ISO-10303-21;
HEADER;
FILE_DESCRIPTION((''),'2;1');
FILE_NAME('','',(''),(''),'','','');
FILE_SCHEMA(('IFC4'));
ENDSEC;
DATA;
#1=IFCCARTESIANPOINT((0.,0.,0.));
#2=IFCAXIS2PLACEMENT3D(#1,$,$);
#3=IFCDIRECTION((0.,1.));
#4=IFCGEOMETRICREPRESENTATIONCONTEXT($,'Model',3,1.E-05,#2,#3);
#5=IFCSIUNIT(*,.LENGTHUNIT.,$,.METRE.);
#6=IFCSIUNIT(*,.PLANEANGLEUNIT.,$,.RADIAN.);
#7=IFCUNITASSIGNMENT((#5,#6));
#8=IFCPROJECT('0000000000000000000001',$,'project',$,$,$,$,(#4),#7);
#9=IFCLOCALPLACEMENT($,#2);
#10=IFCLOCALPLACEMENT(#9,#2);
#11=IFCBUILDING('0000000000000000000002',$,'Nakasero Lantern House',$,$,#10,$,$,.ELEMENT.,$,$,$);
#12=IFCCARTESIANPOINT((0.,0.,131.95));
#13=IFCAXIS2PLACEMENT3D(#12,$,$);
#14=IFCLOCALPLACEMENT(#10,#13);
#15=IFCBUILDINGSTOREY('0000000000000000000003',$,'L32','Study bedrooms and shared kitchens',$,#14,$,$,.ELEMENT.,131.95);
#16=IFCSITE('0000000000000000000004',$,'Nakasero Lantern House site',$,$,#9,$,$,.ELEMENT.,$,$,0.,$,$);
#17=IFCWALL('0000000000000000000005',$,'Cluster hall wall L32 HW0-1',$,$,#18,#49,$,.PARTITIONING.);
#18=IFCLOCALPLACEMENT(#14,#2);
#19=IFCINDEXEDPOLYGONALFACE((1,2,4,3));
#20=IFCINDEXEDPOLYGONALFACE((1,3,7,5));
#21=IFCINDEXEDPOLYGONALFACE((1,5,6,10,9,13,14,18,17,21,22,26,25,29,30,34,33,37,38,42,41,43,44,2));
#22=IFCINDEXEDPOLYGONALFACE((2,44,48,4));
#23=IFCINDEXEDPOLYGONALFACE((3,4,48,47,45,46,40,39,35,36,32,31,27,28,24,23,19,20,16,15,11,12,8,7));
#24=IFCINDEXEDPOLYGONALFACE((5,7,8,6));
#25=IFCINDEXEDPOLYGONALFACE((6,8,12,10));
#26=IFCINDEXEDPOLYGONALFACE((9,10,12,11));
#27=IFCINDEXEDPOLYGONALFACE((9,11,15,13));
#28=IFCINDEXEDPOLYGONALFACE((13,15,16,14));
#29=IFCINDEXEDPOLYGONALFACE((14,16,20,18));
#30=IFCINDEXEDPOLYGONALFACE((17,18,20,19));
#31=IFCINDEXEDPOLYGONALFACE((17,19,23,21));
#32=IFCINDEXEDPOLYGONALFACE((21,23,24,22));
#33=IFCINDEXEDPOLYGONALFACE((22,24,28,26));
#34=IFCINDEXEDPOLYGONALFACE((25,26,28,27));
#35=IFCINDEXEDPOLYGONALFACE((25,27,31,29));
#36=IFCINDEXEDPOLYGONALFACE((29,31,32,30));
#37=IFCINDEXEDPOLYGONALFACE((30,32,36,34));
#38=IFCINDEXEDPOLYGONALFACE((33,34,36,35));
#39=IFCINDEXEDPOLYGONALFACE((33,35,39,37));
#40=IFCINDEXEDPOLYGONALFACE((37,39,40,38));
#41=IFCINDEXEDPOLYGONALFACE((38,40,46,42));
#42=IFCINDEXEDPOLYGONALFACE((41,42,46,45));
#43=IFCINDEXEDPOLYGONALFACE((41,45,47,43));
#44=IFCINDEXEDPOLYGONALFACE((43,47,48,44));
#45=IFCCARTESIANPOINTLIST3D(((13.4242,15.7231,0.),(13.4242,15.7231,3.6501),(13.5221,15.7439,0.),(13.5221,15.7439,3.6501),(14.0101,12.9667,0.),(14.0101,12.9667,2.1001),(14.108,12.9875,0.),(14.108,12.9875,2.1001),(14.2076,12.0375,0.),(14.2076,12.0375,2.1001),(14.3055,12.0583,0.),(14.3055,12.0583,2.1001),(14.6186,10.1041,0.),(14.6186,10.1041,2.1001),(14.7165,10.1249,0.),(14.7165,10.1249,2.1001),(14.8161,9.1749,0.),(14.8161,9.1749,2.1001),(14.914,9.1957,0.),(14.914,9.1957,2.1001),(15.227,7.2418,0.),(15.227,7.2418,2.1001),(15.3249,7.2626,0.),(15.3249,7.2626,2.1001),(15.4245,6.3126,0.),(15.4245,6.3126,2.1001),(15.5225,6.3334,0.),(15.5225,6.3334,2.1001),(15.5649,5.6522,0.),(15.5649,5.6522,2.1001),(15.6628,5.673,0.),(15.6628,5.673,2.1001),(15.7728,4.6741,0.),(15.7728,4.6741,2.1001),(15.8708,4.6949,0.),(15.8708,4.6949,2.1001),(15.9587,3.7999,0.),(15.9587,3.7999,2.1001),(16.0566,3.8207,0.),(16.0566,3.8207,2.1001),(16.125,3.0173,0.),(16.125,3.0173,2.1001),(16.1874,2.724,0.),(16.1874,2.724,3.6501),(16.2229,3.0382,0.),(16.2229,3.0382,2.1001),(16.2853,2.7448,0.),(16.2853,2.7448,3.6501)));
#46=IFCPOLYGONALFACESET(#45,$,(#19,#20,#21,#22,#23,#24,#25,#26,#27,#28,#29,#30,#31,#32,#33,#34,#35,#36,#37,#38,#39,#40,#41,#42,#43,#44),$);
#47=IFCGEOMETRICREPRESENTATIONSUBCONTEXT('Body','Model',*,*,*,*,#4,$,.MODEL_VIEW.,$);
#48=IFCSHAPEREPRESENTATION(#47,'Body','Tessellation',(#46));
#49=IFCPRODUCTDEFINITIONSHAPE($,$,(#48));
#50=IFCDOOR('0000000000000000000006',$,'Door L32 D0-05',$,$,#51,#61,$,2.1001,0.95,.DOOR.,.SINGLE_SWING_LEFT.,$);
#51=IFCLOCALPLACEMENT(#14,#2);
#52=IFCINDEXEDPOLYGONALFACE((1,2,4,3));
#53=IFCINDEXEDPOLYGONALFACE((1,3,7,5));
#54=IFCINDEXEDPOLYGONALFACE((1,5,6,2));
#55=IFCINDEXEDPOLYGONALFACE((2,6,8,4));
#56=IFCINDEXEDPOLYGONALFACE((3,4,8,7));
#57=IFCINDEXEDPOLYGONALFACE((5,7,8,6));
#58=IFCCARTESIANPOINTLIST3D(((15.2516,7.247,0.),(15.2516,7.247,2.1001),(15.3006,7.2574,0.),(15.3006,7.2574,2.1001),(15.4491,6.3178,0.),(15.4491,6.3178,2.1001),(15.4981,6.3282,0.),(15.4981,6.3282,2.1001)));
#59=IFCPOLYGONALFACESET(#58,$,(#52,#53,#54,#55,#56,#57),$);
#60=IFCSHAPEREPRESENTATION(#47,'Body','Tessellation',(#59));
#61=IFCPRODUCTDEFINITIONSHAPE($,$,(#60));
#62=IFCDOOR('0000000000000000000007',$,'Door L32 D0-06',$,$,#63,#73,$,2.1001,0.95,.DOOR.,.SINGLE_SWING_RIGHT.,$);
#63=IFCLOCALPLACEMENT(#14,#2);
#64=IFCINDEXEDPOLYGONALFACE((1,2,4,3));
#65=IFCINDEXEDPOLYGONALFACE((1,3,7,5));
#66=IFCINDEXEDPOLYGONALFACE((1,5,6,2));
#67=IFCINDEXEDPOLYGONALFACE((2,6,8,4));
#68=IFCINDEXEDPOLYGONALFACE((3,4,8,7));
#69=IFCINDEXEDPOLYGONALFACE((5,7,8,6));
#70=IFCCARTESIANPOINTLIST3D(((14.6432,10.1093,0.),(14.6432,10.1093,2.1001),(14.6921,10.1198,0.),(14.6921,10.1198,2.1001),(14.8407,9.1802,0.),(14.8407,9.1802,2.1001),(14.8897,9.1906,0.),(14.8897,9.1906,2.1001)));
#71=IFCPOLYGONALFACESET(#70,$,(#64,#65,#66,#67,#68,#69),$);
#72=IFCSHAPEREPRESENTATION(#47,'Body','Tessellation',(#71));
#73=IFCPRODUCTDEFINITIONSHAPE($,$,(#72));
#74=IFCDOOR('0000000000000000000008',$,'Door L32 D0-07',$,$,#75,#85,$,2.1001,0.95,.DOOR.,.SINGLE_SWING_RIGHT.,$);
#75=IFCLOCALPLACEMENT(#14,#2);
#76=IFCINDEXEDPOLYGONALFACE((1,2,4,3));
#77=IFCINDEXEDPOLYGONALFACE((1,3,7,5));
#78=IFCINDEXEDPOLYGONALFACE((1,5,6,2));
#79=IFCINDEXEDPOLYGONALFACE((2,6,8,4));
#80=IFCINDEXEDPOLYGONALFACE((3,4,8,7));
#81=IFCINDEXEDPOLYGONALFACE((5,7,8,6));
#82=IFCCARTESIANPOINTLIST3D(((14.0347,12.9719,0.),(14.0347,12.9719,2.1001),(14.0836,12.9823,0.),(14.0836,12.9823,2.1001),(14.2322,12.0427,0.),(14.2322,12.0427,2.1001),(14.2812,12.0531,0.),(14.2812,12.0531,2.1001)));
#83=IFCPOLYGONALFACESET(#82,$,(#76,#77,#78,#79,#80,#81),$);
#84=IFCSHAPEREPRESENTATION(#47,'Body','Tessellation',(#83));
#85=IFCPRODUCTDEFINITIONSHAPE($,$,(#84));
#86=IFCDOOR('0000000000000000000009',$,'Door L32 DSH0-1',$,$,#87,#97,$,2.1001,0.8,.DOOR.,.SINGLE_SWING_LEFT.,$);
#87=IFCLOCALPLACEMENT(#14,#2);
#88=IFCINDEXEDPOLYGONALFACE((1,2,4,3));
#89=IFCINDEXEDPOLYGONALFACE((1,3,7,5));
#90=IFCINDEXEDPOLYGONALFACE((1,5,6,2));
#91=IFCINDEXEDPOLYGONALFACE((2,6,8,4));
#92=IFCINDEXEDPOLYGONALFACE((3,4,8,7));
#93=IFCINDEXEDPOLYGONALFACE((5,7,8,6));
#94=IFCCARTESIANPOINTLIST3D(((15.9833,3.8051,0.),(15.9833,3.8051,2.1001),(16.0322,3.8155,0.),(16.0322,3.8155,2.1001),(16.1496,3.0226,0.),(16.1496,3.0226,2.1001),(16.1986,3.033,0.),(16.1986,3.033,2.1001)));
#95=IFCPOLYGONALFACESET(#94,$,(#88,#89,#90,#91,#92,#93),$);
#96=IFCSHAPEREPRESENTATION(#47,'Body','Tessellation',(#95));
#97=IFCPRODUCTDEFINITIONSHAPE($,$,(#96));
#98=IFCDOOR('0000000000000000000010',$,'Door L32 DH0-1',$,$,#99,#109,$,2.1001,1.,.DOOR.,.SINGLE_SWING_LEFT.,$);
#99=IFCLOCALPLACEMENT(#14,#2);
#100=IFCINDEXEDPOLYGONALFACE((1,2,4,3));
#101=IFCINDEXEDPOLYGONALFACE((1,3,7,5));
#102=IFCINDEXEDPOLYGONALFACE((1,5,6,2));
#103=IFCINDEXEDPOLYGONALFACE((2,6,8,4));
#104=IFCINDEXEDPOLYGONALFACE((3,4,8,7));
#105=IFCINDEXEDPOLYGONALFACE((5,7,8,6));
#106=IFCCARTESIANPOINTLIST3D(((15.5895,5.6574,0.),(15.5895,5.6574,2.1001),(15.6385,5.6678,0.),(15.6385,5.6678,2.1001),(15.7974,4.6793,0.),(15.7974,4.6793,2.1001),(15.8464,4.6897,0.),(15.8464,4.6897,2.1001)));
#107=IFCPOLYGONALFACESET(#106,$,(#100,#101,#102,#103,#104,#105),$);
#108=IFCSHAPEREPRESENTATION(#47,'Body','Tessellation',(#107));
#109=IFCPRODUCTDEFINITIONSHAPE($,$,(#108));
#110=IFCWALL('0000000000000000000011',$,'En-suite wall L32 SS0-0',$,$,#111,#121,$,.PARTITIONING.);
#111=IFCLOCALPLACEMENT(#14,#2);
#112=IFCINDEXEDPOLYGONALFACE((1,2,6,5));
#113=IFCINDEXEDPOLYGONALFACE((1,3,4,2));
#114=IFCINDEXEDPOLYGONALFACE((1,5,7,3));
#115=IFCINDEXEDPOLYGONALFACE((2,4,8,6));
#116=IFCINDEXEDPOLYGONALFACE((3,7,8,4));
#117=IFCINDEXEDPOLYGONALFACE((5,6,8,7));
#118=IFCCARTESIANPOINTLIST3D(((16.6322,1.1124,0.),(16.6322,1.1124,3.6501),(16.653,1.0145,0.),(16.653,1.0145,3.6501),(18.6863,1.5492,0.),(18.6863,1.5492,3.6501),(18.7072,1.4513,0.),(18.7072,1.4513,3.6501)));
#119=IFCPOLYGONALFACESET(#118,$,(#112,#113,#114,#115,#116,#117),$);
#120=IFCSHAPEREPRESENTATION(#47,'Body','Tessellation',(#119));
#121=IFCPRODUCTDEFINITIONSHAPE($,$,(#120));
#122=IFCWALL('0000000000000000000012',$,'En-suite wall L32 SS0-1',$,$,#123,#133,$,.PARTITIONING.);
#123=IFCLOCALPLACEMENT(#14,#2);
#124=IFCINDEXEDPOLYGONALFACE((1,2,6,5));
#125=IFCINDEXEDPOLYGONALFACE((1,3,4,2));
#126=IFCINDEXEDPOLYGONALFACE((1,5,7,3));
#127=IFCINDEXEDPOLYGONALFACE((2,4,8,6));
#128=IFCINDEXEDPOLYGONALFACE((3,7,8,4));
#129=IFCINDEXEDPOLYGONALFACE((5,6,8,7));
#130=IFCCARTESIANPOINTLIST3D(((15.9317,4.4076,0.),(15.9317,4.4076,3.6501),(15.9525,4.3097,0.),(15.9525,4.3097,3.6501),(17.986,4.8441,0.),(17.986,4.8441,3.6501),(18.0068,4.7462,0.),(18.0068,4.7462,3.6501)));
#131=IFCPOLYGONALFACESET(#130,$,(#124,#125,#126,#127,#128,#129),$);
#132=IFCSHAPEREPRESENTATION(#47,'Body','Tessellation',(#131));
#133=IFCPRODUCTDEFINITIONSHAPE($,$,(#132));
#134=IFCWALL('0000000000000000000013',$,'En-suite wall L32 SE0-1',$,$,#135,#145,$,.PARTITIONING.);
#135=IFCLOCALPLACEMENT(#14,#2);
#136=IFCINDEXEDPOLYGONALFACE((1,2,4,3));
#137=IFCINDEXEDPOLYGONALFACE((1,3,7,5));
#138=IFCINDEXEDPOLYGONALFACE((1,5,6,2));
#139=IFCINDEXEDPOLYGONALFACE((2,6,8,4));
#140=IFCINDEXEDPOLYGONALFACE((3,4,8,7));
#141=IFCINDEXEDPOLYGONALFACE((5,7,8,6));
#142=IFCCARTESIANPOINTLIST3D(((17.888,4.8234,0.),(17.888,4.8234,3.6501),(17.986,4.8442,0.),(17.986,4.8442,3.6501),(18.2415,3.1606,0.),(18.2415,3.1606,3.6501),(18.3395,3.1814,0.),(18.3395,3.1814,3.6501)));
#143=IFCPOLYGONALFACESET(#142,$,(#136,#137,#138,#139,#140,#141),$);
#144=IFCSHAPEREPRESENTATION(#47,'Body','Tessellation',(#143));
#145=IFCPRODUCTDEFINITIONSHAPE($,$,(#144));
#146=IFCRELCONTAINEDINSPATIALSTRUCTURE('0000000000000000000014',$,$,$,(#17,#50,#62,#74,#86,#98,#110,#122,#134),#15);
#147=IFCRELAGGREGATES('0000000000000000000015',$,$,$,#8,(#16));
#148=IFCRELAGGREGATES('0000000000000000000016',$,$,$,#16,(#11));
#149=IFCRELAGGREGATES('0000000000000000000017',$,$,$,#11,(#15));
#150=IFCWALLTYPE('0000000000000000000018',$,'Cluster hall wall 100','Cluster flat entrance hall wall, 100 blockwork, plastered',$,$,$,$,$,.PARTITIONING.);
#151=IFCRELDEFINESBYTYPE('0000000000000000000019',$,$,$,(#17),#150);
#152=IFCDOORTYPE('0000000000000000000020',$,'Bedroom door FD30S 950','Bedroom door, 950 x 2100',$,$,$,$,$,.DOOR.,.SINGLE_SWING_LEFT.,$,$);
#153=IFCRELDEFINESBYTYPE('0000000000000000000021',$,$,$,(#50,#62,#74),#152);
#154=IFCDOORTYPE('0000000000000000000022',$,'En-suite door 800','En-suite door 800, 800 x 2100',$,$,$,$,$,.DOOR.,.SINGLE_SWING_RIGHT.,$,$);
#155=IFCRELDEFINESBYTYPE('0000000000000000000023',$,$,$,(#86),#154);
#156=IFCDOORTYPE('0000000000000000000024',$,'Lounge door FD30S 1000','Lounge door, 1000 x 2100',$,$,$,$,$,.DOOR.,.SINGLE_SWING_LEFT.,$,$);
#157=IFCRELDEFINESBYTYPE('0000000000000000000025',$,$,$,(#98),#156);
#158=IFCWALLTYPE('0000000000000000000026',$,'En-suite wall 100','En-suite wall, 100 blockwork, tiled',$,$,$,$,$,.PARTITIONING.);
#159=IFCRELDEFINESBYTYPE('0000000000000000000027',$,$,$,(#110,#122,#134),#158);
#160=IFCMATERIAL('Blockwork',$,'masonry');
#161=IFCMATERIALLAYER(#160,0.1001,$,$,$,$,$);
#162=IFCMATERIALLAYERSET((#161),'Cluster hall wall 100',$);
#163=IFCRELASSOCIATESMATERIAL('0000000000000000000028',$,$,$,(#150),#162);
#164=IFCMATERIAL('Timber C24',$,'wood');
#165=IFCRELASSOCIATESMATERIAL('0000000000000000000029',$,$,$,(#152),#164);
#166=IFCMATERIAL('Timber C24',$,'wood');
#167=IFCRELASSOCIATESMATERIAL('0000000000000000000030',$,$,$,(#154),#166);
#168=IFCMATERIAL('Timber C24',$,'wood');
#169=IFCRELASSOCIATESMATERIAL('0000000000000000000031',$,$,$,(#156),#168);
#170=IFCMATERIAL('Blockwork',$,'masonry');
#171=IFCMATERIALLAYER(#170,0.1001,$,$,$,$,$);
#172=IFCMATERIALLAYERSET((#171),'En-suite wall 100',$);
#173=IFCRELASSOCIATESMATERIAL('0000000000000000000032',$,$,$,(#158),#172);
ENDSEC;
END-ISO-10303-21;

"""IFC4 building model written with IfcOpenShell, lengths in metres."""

from ifc_helpers import new_model, si_unit, direction, frame, frame_2d, origin, place, context, subcontext, project, spatial, rectangle, extrude, material, layer, layer_set, type_object, element, fill, save


model = new_model("IFC4")

# Units and contexts
model_context = context("Model", 3, precision=1e-05, world=origin(), true_north=direction((0.0, 1.0)))
body_context = subcontext(model_context, "Body", "Model", "MODEL_VIEW")
ifc_project = project(units=[si_unit("LENGTHUNIT", "METRE"), si_unit("PLANEANGLEUNIT", "RADIAN")], contexts=[model_context])

# Site, building, storey
site_placement = place(None, origin())
site = spatial("IfcSite", under=ifc_project, at=site_placement, Name="Nakasero Lantern House site", CompositionType="ELEMENT", RefElevation=0.0)
building_placement = place(site_placement, origin())
building = spatial("IfcBuilding", under=site, at=building_placement, Name="Nakasero Lantern House", CompositionType="ELEMENT")
storey_placement = place(building_placement, frame((0.0, 0.0, 131.95)))
storey = spatial("IfcBuildingStorey", under=building, at=storey_placement, Name="L32", Description="Study bedrooms and shared kitchens", CompositionType="ELEMENT", Elevation=131.95)

# Wall, openings, doors
ifc_material_1 = material(Name="Blockwork", Category="masonry")
ifc_layer_1 = layer(ifc_material_1, 0.1001)
ifc_layer_set_1 = layer_set([ifc_layer_1], Name="Cluster hall wall 100")
wall_type_1 = type_object("IfcWallType", Name="Cluster hall wall 100", Description="Cluster flat entrance hall wall, 100 blockwork, plastered", PredefinedType="PARTITIONING", material=ifc_layer_set_1)
wall_1_placement = place(storey_placement, frame((16.2363, 2.7344, 0.0), z_axis=(0.0, 0.0, 1.0), x_axis=(-0.207923, 0.978145, 0.0)))
wall_1 = element("IfcWall", 1, at=wall_1_placement, inside=storey, type_object=wall_type_1, Name="Cluster hall wall L32 HW0-1", PredefinedType="PARTITIONING", context=body_context, shape_type="SweptSolid", body=[
    extrude(rectangle(XDim=13.2896, YDim=0.1001, at=frame_2d((6.6448, 0.0))), origin(), (0.0, 0.0, 1.0), 3.6501),
])
opening_1_placement = place(wall_1_placement, frame((1.9937, 0.0, 0.0)))
opening_1 = element("IfcOpeningElement", 2, at=opening_1_placement, cuts=wall_1, PredefinedType="OPENING", context=body_context, shape_type="SweptSolid", body=[
    extrude(rectangle(XDim=1.0, YDim=2.1001, at=frame_2d((0.5, 1.05))), frame((0.0, 0.0701, 0.0), z_axis=(0.0, -1.0, 0.0), x_axis=(1.0, 0.0, 0.0)), (0.0, 0.0, 1.0), 0.1401),
])
opening_2_placement = place(wall_1_placement, frame((0.3, 0.0, 0.0)))
opening_2 = element("IfcOpeningElement", 3, at=opening_2_placement, cuts=wall_1, PredefinedType="OPENING", context=body_context, shape_type="SweptSolid", body=[
    extrude(rectangle(XDim=0.8, YDim=2.1001, at=frame_2d((0.3999, 1.05))), frame((0.0, 0.0701, 0.0), z_axis=(0.0, -1.0, 0.0), x_axis=(1.0, 0.0, 0.0)), (0.0, 0.0, 1.0), 0.1401),
])
opening_3_placement = place(wall_1_placement, frame((3.6687, 0.0, 0.0)))
opening_3 = element("IfcOpeningElement", 4, at=opening_3_placement, cuts=wall_1, PredefinedType="OPENING", context=body_context, shape_type="SweptSolid", body=[
    extrude(rectangle(XDim=0.95, YDim=2.1001, at=frame_2d((0.4751, 1.05))), frame((0.0, 0.0701, 0.0), z_axis=(0.0, -1.0, 0.0), x_axis=(1.0, 0.0, 0.0)), (0.0, 0.0, 1.0), 0.1401),
])
opening_4_placement = place(wall_1_placement, frame((6.595, 0.0, 0.0)))
opening_4 = element("IfcOpeningElement", 5, at=opening_4_placement, cuts=wall_1, PredefinedType="OPENING", context=body_context, shape_type="SweptSolid", body=[
    extrude(rectangle(XDim=0.95, YDim=2.1001, at=frame_2d((0.4751, 1.05))), frame((0.0, 0.0701, 0.0), z_axis=(0.0, -1.0, 0.0), x_axis=(1.0, 0.0, 0.0)), (0.0, 0.0, 1.0), 0.1401),
])
opening_5_placement = place(wall_1_placement, frame((9.5215, 0.0, 0.0)))
opening_5 = element("IfcOpeningElement", 6, at=opening_5_placement, cuts=wall_1, PredefinedType="OPENING", context=body_context, shape_type="SweptSolid", body=[
    extrude(rectangle(XDim=0.95, YDim=2.1001, at=frame_2d((0.4751, 1.05))), frame((0.0, 0.0701, 0.0), z_axis=(0.0, -1.0, 0.0), x_axis=(1.0, 0.0, 0.0)), (0.0, 0.0, 1.0), 0.1401),
])
ifc_material_2 = material(Name="Timber C24", Category="wood")
door_type_1 = type_object("IfcDoorType", Name="Bedroom door FD30S 950", Description="Bedroom door, 950 x 2100", OperationType="SINGLE_SWING_LEFT", PredefinedType="DOOR", material=ifc_material_2)
door_1_placement = place(opening_3_placement, origin())
door_1 = element("IfcDoor", 7, at=door_1_placement, inside=storey, type_object=door_type_1, Name="Door L32 D0-05", OperationType="SINGLE_SWING_LEFT", OverallHeight=2.1001, OverallWidth=0.95, PredefinedType="DOOR", context=body_context, shape_type="SweptSolid", body=[
    extrude(rectangle(XDim=0.95, YDim=2.1001, at=frame_2d((0.4751, 1.05))), frame((0.0, 0.0249, 0.0), z_axis=(0.0, -1.0, 0.0), x_axis=(1.0, 0.0, 0.0)), (0.0, 0.0, 1.0), 0.05),
])
fill(opening_3, door_1)
door_2_placement = place(opening_4_placement, origin())
door_2 = element("IfcDoor", 8, at=door_2_placement, inside=storey, type_object=door_type_1, Name="Door L32 D0-06", OperationType="SINGLE_SWING_RIGHT", OverallHeight=2.1001, OverallWidth=0.95, PredefinedType="DOOR", context=body_context, shape_type="SweptSolid", body=[
    extrude(rectangle(XDim=0.95, YDim=2.1001, at=frame_2d((0.4751, 1.05))), frame((0.0, 0.0249, 0.0), z_axis=(0.0, -1.0, 0.0), x_axis=(1.0, 0.0, 0.0)), (0.0, 0.0, 1.0), 0.05),
])
fill(opening_4, door_2)
door_3_placement = place(opening_5_placement, origin())
door_3 = element("IfcDoor", 9, at=door_3_placement, inside=storey, type_object=door_type_1, Name="Door L32 D0-07", OperationType="SINGLE_SWING_RIGHT", OverallHeight=2.1001, OverallWidth=0.95, PredefinedType="DOOR", context=body_context, shape_type="SweptSolid", body=[
    extrude(rectangle(XDim=0.95, YDim=2.1001, at=frame_2d((0.4751, 1.05))), frame((0.0, 0.0249, 0.0), z_axis=(0.0, -1.0, 0.0), x_axis=(1.0, 0.0, 0.0)), (0.0, 0.0, 1.0), 0.05),
])
fill(opening_5, door_3)
ifc_material_3 = material(Name="Timber C24", Category="wood")
door_type_2 = type_object("IfcDoorType", Name="En-suite door 800", Description="En-suite door 800, 800 x 2100", OperationType="SINGLE_SWING_RIGHT", PredefinedType="DOOR", material=ifc_material_3)
door_4_placement = place(opening_2_placement, origin())
door_4 = element("IfcDoor", 10, at=door_4_placement, inside=storey, type_object=door_type_2, Name="Door L32 DSH0-1", OperationType="SINGLE_SWING_LEFT", OverallHeight=2.1001, OverallWidth=0.8, PredefinedType="DOOR", context=body_context, shape_type="SweptSolid", body=[
    extrude(rectangle(XDim=0.8, YDim=2.1001, at=frame_2d((0.3999, 1.05))), frame((0.0, 0.0249, 0.0), z_axis=(0.0, -1.0, 0.0), x_axis=(1.0, 0.0, 0.0)), (0.0, 0.0, 1.0), 0.05),
])
fill(opening_2, door_4)
ifc_material_4 = material(Name="Timber C24", Category="wood")
door_type_3 = type_object("IfcDoorType", Name="Lounge door FD30S 1000", Description="Lounge door, 1000 x 2100", OperationType="SINGLE_SWING_LEFT", PredefinedType="DOOR", material=ifc_material_4)
door_5_placement = place(opening_1_placement, origin())
door_5 = element("IfcDoor", 11, at=door_5_placement, inside=storey, type_object=door_type_3, Name="Door L32 DH0-1", OperationType="SINGLE_SWING_LEFT", OverallHeight=2.1001, OverallWidth=1.0, PredefinedType="DOOR", context=body_context, shape_type="SweptSolid", body=[
    extrude(rectangle(XDim=1.0, YDim=2.1001, at=frame_2d((0.5, 1.05))), frame((0.0, 0.0249, 0.0), z_axis=(0.0, -1.0, 0.0), x_axis=(1.0, 0.0, 0.0)), (0.0, 0.0, 1.0), 0.05),
])
fill(opening_1, door_5)

# Walls
ifc_material_5 = material(Name="Blockwork", Category="masonry")
ifc_layer_2 = layer(ifc_material_5, 0.1001)
ifc_layer_set_2 = layer_set([ifc_layer_2], Name="En-suite wall 100")
wall_type_2 = type_object("IfcWallType", Name="En-suite wall 100", Description="En-suite wall, 100 blockwork, tiled", PredefinedType="PARTITIONING", material=ifc_layer_set_2)
for number, where, z_axis, x_axis, name in (
    (12, (16.6426, 1.0635, 0.0), (0.0, 0.0, 1.0), (0.978135, 0.207973, 0.0), "En-suite wall L32 SS0-0"),
    (13, (15.9421, 4.3586, 0.0), (0.0, 0.0, 1.0), (0.978158, 0.207862, 0.0), "En-suite wall L32 SS0-1"),
):
    element("IfcWall", number, at=place(storey_placement, frame(where, z_axis=z_axis, x_axis=x_axis)), inside=storey, type_object=wall_type_2, Name=name, PredefinedType="PARTITIONING", context=body_context, shape_type="SweptSolid", body=[
        extrude(rectangle(XDim=2.1001, YDim=0.1001, at=frame_2d((1.05, 0.0))), origin(), (0.0, 0.0, 1.0), 3.6501),
    ])
wall_2_placement = place(storey_placement, frame((18.2905, 3.1709, 0.0), z_axis=(0.0, 0.0, 1.0), x_axis=(-0.20795, 0.97814, 0.0)))
element("IfcWall", 14, at=wall_2_placement, inside=storey, type_object=wall_type_2, Name="En-suite wall L32 SE0-1", PredefinedType="PARTITIONING", context=body_context, shape_type="SweptSolid", body=[
    extrude(rectangle(XDim=1.7, YDim=0.1001, at=frame_2d((0.8501, 0.0))), origin(), (0.0, 0.0, 1.0), 3.6501),
])

save(model, "model.ifc")
